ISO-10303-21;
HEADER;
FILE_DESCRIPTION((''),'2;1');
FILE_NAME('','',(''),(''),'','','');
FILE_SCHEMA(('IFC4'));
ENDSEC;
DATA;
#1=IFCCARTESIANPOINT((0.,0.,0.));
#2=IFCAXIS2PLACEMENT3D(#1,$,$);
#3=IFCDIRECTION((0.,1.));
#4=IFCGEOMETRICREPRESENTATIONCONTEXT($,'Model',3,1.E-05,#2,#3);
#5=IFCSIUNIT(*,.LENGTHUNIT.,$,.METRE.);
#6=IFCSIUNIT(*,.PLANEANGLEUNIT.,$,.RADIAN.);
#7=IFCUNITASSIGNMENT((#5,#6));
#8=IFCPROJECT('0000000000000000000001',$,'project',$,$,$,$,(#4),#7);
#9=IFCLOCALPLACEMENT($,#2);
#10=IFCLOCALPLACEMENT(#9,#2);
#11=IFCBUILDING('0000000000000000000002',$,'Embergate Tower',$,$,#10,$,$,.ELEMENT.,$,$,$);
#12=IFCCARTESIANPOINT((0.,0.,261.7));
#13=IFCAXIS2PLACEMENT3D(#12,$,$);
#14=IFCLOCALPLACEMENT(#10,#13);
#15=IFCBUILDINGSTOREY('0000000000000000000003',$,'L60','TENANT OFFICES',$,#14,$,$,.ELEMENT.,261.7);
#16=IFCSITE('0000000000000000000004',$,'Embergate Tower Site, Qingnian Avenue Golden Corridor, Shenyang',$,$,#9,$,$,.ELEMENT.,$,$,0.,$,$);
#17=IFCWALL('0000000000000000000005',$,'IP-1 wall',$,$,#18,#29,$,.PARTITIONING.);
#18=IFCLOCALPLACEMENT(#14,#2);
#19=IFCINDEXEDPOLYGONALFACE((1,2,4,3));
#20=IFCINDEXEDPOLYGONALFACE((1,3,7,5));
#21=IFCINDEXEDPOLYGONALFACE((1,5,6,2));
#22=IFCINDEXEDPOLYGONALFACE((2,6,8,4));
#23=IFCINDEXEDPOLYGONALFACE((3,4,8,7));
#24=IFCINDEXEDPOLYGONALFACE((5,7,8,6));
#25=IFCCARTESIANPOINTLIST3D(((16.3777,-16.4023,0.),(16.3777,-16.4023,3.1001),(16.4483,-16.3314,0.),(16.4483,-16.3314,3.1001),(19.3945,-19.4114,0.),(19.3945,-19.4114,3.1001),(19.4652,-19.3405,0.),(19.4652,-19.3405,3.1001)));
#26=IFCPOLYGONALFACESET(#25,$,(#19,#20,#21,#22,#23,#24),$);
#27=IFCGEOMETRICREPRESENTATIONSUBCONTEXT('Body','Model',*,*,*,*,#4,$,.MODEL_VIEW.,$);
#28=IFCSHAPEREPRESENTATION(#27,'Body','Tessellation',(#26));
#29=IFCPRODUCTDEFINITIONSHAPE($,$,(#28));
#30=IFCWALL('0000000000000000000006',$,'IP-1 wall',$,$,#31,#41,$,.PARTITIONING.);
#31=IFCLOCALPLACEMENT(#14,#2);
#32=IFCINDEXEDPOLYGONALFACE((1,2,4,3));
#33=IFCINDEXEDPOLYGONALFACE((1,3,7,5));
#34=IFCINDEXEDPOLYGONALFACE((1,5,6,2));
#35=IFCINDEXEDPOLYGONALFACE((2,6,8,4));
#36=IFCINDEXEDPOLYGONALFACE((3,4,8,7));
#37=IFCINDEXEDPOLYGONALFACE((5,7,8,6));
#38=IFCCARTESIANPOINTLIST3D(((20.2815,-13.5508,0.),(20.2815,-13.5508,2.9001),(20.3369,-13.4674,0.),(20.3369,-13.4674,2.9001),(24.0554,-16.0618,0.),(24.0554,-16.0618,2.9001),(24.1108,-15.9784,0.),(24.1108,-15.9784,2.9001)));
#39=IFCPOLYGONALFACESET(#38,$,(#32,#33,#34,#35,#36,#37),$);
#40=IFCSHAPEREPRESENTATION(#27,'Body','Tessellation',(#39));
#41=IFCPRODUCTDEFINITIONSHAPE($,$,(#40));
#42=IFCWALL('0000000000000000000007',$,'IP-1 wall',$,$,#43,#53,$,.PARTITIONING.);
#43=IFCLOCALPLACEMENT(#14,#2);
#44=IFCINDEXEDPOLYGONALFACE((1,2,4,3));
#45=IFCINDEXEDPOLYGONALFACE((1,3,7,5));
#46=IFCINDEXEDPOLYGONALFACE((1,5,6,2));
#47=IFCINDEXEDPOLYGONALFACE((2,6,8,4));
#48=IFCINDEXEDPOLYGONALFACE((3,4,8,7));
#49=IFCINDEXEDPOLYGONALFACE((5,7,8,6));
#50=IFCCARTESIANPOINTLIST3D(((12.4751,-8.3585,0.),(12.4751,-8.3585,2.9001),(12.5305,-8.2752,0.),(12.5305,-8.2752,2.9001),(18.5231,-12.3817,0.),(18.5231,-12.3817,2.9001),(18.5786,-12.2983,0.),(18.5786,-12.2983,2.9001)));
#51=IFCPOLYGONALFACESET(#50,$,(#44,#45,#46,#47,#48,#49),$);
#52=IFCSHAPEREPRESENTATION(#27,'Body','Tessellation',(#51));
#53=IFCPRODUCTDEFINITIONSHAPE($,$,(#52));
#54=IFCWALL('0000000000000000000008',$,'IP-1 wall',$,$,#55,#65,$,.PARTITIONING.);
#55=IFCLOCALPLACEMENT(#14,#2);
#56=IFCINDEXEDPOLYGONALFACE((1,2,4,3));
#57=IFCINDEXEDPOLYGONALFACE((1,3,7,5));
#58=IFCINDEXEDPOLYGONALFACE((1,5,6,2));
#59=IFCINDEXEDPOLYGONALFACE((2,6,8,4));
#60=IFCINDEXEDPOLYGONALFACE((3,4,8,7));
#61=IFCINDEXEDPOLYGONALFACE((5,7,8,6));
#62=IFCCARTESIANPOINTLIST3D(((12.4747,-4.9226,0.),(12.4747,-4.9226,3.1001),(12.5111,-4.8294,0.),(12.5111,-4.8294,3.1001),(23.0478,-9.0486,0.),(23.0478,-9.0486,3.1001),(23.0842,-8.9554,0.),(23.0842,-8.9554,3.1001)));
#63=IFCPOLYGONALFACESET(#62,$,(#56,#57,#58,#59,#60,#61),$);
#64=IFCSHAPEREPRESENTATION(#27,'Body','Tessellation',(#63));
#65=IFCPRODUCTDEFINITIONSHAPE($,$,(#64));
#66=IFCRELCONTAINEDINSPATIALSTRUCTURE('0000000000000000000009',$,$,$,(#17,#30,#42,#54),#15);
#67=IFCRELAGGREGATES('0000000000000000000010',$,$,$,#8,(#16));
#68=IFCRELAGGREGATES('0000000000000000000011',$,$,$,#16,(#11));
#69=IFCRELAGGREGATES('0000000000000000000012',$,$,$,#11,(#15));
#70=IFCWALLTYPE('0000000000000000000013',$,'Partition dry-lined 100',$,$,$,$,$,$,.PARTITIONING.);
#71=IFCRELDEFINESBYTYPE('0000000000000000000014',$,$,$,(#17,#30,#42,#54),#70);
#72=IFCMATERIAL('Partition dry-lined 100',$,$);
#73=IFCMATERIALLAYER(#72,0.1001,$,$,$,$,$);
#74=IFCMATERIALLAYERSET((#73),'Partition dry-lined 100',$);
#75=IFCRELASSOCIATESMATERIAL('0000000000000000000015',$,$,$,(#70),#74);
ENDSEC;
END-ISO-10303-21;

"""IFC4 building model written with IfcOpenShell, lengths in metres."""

from ifc_helpers import new_model, si_unit, direction, frame, frame_2d, origin, place, context, subcontext, project, spatial, rectangle, extrude, source, transform, mapped, material, layer, layer_set, type_object, element, save


model = new_model("IFC4")

# Units and contexts
model_context = context("Model", 3, precision=1e-05, world=origin(), true_north=direction((0.0, 1.0)))
body_context = subcontext(model_context, "Body", "Model", "MODEL_VIEW")
ifc_project = project(units=[si_unit("LENGTHUNIT", "METRE"), si_unit("PLANEANGLEUNIT", "RADIAN")], contexts=[model_context])

# Site, building, storey
site_placement = place(None, origin())
site = spatial("IfcSite", under=ifc_project, at=site_placement, Name="Embergate Tower Site, Qingnian Avenue Golden Corridor, Shenyang", CompositionType="ELEMENT", RefElevation=0.0)
building_placement = place(site_placement, origin())
building = spatial("IfcBuilding", under=site, at=building_placement, Name="Embergate Tower", CompositionType="ELEMENT")
storey_placement = place(building_placement, frame((0.0, 0.0, 261.7)))
storey = spatial("IfcBuildingStorey", under=building, at=storey_placement, Name="L60", Description="TENANT OFFICES", CompositionType="ELEMENT", Elevation=261.7)

# Walls
ifc_material_1 = material(Name="Partition dry-lined 100")
ifc_layer_1 = layer(ifc_material_1, 0.1001)
ifc_layer_set_1 = layer_set([ifc_layer_1], Name="Partition dry-lined 100")
wall_type_1 = type_object("IfcWallType", Name="Partition dry-lined 100", PredefinedType="PARTITIONING", material=ifc_layer_set_1)
shared_shape_1 = source(origin(), body_context, "Body", "SweptSolid", [
    extrude(rectangle(XDim=4.261, YDim=0.1001, at=frame_2d((2.1304, 0.0))), origin(), (0.0, 0.0, 1.0), 3.1001),
])
wall_1_placement = place(storey_placement, frame((16.4131, -16.3669, 0.0), z_axis=(0.0, 0.0, 1.0), x_axis=(0.708023, -0.706189, 0.0)))
element("IfcWall", 1, at=wall_1_placement, inside=storey, type_object=wall_type_1, Name="IP-1 wall", PredefinedType="PARTITIONING", context=body_context, shape_type="MappedRepresentation", body=[
    mapped(shared_shape_1, transform((0.0, 0.0, 0.0))),
])
shared_shape_2 = source(origin(), body_context, "Body", "SweptSolid", [
    extrude(rectangle(XDim=4.533, YDim=0.1001, at=frame_2d((2.2666, 0.0))), origin(), (0.0, 0.0, 1.0), 2.9001),
])
wall_2_placement = place(storey_placement, frame((20.3091, -13.509, 0.0), z_axis=(0.0, 0.0, 1.0), x_axis=(0.832555, -0.553942, 0.0)))
element("IfcWall", 2, at=wall_2_placement, inside=storey, type_object=wall_type_1, Name="IP-1 wall", PredefinedType="PARTITIONING", context=body_context, shape_type="MappedRepresentation", body=[
    mapped(shared_shape_2, transform((0.0, 0.0, 0.0))),
])
shared_shape_3 = source(origin(), body_context, "Body", "SweptSolid", [
    extrude(rectangle(XDim=7.2639, YDim=0.1001, at=frame_2d((3.6318, 0.0))), origin(), (0.0, 0.0, 1.0), 2.9001),
])
wall_3_placement = place(storey_placement, frame((12.5029, -8.3169, 0.0), z_axis=(0.0, 0.0, 1.0), x_axis=(0.832613, -0.553854, 0.0)))
element("IfcWall", 3, at=wall_3_placement, inside=storey, type_object=wall_type_1, Name="IP-1 wall", PredefinedType="PARTITIONING", context=body_context, shape_type="MappedRepresentation", body=[
    mapped(shared_shape_3, transform((0.0, 0.0, 0.0))),
])
shared_shape_4 = source(origin(), body_context, "Body", "SweptSolid", [
    extrude(rectangle(XDim=11.3496, YDim=0.1001, at=frame_2d((5.6748, 0.0))), origin(), (0.0, 0.0, 1.0), 3.1001),
])
wall_4_placement = place(storey_placement, frame((12.4929, -4.876, 0.0), z_axis=(0.0, 0.0, 1.0), x_axis=(0.93158, -0.363537, 0.0)))
element("IfcWall", 4, at=wall_4_placement, inside=storey, type_object=wall_type_1, Name="IP-1 wall", PredefinedType="PARTITIONING", context=body_context, shape_type="MappedRepresentation", body=[
    mapped(shared_shape_4, transform((0.0, 0.0, 0.0))),
])

save(model, "model.ifc")
